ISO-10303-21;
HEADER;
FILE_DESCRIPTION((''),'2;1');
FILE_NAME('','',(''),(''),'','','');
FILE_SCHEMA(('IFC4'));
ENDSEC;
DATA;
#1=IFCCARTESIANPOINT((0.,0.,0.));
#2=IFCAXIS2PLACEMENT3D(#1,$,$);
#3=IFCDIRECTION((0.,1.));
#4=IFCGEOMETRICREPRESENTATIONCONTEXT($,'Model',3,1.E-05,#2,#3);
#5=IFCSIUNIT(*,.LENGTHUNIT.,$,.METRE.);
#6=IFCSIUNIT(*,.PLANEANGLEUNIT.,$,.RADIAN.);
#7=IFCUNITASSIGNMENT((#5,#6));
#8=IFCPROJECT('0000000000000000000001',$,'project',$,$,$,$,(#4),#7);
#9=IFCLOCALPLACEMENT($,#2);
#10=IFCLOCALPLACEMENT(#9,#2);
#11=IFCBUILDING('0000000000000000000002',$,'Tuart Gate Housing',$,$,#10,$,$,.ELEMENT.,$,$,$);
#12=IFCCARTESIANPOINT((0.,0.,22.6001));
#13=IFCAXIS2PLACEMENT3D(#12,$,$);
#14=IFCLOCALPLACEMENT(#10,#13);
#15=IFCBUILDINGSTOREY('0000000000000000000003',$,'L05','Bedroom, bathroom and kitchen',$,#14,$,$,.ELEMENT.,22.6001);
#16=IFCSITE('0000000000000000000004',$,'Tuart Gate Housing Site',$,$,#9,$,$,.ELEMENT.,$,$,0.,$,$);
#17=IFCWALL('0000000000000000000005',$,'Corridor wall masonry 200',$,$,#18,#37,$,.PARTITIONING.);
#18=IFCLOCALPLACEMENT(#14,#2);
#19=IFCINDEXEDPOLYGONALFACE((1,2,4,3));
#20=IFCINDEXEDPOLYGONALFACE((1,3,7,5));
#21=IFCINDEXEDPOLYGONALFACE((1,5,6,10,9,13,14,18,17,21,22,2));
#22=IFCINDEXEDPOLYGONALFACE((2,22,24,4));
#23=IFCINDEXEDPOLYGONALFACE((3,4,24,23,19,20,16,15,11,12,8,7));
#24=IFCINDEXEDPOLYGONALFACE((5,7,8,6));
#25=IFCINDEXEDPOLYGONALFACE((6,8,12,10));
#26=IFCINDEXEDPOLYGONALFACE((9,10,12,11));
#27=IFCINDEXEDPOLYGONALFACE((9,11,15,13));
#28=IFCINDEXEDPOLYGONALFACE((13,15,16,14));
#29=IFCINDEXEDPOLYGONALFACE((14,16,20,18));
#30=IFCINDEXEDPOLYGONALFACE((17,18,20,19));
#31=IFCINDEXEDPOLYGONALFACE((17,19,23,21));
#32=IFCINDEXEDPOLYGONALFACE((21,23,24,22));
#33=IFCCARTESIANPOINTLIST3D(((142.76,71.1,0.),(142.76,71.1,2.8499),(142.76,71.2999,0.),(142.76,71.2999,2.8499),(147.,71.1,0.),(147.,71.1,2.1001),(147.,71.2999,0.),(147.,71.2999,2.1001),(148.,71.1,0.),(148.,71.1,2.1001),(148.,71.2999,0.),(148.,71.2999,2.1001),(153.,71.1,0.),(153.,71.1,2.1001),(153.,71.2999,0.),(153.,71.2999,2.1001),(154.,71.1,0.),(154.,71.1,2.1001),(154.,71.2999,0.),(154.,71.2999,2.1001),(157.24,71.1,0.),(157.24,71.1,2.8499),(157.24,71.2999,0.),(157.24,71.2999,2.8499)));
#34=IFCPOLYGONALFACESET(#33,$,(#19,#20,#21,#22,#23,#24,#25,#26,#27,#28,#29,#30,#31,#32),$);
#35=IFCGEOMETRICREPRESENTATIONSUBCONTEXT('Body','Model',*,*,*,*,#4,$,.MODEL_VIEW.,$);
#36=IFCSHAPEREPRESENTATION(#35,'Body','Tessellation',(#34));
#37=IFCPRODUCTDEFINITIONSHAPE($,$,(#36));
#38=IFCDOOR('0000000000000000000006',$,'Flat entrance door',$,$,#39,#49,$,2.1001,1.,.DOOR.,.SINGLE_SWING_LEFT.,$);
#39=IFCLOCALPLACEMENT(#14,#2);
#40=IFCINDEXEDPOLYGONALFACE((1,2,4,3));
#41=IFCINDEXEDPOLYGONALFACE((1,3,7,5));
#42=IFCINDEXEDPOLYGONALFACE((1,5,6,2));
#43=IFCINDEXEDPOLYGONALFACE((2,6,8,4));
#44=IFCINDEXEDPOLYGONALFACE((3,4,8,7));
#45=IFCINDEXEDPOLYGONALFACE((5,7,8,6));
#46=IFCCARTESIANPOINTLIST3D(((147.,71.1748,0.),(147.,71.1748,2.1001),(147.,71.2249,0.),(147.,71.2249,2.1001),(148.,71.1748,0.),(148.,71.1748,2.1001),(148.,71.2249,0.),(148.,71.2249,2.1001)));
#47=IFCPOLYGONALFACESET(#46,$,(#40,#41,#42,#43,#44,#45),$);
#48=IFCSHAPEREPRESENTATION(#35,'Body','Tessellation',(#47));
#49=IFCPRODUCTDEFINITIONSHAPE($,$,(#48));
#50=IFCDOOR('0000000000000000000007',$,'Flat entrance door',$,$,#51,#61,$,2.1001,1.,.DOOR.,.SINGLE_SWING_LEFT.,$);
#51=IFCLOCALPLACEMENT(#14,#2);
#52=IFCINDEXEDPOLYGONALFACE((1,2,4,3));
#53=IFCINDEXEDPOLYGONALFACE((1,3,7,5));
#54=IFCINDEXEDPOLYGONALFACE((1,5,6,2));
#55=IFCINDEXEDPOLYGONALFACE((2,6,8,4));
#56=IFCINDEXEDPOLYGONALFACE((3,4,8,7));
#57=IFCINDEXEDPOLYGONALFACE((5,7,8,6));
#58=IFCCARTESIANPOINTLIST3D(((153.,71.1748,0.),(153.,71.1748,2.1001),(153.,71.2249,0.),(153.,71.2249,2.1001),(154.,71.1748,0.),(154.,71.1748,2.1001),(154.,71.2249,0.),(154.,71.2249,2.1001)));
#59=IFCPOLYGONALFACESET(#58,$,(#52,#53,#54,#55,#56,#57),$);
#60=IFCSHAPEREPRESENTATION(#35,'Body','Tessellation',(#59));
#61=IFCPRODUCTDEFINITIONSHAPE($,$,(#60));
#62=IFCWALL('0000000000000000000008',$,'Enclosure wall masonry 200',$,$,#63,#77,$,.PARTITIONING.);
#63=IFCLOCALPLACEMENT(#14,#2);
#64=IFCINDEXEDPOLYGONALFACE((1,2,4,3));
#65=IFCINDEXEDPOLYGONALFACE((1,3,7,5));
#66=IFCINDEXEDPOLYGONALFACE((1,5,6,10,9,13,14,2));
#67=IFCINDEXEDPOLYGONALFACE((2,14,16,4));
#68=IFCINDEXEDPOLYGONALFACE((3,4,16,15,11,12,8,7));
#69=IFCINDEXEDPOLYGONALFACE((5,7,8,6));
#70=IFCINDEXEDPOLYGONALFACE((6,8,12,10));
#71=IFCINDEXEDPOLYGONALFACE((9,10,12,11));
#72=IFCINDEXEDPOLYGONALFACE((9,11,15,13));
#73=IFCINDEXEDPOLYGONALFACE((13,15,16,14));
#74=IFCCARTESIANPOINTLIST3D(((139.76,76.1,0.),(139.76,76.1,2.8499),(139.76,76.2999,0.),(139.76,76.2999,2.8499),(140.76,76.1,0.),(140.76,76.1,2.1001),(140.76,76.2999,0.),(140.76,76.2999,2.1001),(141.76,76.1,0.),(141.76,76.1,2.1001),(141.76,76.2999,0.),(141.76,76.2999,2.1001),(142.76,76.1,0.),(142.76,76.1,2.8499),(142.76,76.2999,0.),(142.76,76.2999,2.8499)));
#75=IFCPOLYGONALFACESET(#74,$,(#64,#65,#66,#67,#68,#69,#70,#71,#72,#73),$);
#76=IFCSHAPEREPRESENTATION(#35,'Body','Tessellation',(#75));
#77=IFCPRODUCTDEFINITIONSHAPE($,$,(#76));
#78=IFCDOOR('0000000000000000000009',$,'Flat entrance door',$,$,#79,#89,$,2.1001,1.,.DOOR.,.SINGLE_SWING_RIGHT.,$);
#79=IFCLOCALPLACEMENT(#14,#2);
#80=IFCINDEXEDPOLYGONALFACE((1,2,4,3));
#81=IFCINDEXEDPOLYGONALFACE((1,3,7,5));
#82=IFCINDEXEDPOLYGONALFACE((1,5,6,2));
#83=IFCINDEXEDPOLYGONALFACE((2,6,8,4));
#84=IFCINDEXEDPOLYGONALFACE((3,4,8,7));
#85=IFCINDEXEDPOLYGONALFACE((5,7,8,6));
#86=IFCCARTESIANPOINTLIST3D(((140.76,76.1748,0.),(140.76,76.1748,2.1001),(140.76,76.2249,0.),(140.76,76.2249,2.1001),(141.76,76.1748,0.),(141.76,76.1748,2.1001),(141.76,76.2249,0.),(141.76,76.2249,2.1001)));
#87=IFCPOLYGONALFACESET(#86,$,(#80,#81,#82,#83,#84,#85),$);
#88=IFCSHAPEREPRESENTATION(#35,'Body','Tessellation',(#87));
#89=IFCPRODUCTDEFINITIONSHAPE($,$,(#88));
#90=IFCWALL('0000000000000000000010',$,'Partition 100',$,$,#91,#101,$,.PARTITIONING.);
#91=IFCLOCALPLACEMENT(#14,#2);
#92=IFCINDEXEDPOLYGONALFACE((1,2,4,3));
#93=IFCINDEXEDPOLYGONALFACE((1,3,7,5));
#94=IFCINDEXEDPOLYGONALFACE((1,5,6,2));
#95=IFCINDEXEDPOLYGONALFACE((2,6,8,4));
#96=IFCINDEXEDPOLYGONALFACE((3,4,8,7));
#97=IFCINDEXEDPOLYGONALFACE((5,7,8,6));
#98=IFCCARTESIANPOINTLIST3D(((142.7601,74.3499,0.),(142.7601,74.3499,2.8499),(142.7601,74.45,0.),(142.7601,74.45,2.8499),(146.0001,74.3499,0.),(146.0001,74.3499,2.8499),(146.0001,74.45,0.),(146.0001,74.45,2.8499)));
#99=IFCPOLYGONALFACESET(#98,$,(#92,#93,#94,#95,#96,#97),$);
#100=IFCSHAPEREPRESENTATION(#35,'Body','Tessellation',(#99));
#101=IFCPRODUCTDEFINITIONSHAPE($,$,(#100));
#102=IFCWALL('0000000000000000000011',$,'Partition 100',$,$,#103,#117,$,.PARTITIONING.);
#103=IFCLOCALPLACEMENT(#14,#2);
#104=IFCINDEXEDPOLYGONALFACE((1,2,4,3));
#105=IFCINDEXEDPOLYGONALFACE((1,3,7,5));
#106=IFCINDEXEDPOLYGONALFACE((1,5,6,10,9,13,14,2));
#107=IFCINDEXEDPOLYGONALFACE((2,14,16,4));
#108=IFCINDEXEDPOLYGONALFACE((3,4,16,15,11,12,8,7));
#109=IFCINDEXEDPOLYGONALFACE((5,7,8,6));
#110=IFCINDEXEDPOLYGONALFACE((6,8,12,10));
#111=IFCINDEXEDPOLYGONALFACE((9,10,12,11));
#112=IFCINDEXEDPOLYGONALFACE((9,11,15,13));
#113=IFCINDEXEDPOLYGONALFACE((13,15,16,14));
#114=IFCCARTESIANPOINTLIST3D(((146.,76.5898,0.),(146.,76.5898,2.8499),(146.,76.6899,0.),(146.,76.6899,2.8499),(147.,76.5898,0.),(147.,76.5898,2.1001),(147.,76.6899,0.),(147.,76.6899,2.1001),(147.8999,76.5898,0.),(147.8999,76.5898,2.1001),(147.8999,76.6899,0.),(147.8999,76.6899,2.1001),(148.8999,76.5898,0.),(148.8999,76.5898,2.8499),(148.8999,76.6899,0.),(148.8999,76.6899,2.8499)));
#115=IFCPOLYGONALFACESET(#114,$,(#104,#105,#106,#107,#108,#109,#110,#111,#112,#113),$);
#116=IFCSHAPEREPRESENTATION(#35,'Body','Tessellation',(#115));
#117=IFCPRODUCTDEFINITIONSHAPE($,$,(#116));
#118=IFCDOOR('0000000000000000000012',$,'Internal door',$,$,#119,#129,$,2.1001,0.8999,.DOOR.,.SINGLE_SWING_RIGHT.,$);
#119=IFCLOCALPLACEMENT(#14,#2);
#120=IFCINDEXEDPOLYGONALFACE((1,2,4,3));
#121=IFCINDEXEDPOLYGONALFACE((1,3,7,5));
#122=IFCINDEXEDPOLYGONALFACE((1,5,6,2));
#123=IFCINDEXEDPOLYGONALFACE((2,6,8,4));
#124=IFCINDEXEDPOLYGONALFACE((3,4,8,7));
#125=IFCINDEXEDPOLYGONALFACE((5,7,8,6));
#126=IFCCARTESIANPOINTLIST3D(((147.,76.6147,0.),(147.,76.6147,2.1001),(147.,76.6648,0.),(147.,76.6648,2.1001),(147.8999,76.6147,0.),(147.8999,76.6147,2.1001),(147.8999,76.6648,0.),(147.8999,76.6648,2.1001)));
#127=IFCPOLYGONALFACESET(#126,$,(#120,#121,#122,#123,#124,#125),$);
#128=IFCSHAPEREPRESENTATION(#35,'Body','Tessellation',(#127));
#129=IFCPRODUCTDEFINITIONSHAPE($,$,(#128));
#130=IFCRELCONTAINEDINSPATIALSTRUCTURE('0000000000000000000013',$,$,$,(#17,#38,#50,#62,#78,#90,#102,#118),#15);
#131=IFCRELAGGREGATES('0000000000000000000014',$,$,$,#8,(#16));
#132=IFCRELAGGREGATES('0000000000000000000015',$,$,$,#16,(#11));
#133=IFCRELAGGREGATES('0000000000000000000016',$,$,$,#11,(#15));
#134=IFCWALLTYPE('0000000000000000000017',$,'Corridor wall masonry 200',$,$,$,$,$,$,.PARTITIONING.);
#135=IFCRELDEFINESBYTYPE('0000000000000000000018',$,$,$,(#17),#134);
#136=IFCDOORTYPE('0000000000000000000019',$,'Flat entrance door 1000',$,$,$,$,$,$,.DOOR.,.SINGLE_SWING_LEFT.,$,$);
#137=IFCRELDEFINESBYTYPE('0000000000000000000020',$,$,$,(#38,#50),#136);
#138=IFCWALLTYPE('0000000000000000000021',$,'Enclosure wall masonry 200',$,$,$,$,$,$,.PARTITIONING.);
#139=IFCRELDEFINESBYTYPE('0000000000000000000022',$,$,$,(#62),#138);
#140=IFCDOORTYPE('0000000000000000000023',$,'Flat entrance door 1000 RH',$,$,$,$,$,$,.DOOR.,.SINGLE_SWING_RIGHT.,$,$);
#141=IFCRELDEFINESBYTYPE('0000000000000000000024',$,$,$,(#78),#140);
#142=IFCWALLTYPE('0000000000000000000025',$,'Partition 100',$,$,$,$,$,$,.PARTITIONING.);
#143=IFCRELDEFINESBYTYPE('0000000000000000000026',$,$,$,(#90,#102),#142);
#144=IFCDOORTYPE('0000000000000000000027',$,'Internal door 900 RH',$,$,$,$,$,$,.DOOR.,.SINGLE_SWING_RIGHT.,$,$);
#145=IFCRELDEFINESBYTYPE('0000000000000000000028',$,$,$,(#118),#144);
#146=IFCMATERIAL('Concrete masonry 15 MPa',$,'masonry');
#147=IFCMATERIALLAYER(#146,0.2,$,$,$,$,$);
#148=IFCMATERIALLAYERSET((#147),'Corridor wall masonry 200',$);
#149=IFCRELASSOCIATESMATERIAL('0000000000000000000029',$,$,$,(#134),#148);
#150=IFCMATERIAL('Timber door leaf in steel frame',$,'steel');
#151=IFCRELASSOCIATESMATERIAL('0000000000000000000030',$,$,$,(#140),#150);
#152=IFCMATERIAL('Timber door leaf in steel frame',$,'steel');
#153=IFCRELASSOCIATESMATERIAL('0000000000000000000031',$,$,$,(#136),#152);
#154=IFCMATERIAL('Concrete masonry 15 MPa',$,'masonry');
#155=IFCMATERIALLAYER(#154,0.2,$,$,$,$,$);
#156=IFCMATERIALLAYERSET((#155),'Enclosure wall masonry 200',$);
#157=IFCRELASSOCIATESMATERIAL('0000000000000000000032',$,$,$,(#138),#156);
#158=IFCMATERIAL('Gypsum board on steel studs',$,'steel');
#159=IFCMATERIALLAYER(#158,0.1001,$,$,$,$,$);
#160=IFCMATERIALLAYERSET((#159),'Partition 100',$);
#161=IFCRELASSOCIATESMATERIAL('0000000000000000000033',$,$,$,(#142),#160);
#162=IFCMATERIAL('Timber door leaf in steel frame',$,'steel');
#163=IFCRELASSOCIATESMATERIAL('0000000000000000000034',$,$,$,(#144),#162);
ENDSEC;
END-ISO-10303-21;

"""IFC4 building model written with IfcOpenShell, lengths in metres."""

from ifc_helpers import new_model, si_unit, direction, frame, frame_2d, origin, place, context, subcontext, project, spatial, rectangle, extrude, material, layer, layer_set, type_object, element, fill, save


model = new_model("IFC4")

# Units and contexts
model_context = context("Model", 3, precision=1e-05, world=origin(), true_north=direction((0.0, 1.0)))
body_context = subcontext(model_context, "Body", "Model", "MODEL_VIEW")
ifc_project = project(units=[si_unit("LENGTHUNIT", "METRE"), si_unit("PLANEANGLEUNIT", "RADIAN")], contexts=[model_context])

# Site, building, storey
site_placement = place(None, origin())
site = spatial("IfcSite", under=ifc_project, at=site_placement, Name="Tuart Gate Housing Site", CompositionType="ELEMENT", RefElevation=0.0)
building_placement = place(site_placement, origin())
building = spatial("IfcBuilding", under=site, at=building_placement, Name="Tuart Gate Housing", CompositionType="ELEMENT")
storey_placement = place(building_placement, frame((0.0, 0.0, 22.6001)))
storey = spatial("IfcBuildingStorey", under=building, at=storey_placement, Name="L05", Description="Bedroom, bathroom and kitchen", CompositionType="ELEMENT", Elevation=22.6001)

# Wall, openings, doors
ifc_material_1 = material(Name="Concrete masonry 15 MPa", Category="masonry")
ifc_layer_1 = layer(ifc_material_1, 0.2)
ifc_layer_set_1 = layer_set([ifc_layer_1], Name="Corridor wall masonry 200")
wall_type_1 = type_object("IfcWallType", Name="Corridor wall masonry 200", PredefinedType="PARTITIONING", material=ifc_layer_set_1)
ifc_material_2 = material(Name="Timber door leaf in steel frame", Category="steel")
door_type_1 = type_object("IfcDoorType", Name="Flat entrance door 1000 RH", OperationType="SINGLE_SWING_RIGHT", PredefinedType="DOOR", material=ifc_material_2)
wall_1_placement = place(storey_placement, frame((142.76, 71.2, 0.0), z_axis=(0.0, 0.0, 1.0), x_axis=(1.0, 0.0, 0.0)))
wall_1 = element("IfcWall", 1, at=wall_1_placement, inside=storey, type_object=wall_type_1, Name="Corridor wall masonry 200", PredefinedType="PARTITIONING", context=body_context, shape_type="SweptSolid", body=[
    extrude(rectangle(XDim=14.48, YDim=0.2, at=frame_2d((7.24, 0.0))), origin(), (0.0, 0.0, 1.0), 2.8499),
])
opening_1_placement = place(wall_1_placement, frame((4.24, 0.0, 0.0)))
opening_1 = element("IfcOpeningElement", 2, at=opening_1_placement, cuts=wall_1, PredefinedType="OPENING", context=body_context, shape_type="SweptSolid", body=[
    extrude(rectangle(XDim=1.0, YDim=2.1001, at=frame_2d((0.5, 1.05))), frame((0.0, 0.1099, 0.0), z_axis=(0.0, -1.0, 0.0), x_axis=(1.0, 0.0, 0.0)), (0.0, 0.0, 1.0), 0.22),
])
opening_2_placement = place(wall_1_placement, frame((10.24, 0.0, 0.0)))
opening_2 = element("IfcOpeningElement", 3, at=opening_2_placement, cuts=wall_1, PredefinedType="OPENING", context=body_context, shape_type="SweptSolid", body=[
    extrude(rectangle(XDim=1.0, YDim=2.1001, at=frame_2d((0.5, 1.05))), frame((0.0, 0.1099, 0.0), z_axis=(0.0, -1.0, 0.0), x_axis=(1.0, 0.0, 0.0)), (0.0, 0.0, 1.0), 0.22),
])
ifc_material_3 = material(Name="Timber door leaf in steel frame", Category="steel")
door_type_2 = type_object("IfcDoorType", Name="Flat entrance door 1000", OperationType="SINGLE_SWING_LEFT", PredefinedType="DOOR", material=ifc_material_3)
door_1_placement = place(opening_1_placement, origin())
door_1 = element("IfcDoor", 4, at=door_1_placement, inside=storey, type_object=door_type_2, Name="Flat entrance door", OperationType="SINGLE_SWING_LEFT", OverallHeight=2.1001, OverallWidth=1.0, PredefinedType="DOOR", context=body_context, shape_type="SweptSolid", body=[
    extrude(rectangle(XDim=1.0, YDim=2.1001, at=frame_2d((0.5, 1.05))), frame((0.0, 0.0249, 0.0), z_axis=(0.0, -1.0, 0.0), x_axis=(1.0, 0.0, 0.0)), (0.0, 0.0, 1.0), 0.05),
])
fill(opening_1, door_1)
door_2_placement = place(opening_2_placement, origin())
door_2 = element("IfcDoor", 5, at=door_2_placement, inside=storey, type_object=door_type_2, Name="Flat entrance door", OperationType="SINGLE_SWING_LEFT", OverallHeight=2.1001, OverallWidth=1.0, PredefinedType="DOOR", context=body_context, shape_type="SweptSolid", body=[
    extrude(rectangle(XDim=1.0, YDim=2.1001, at=frame_2d((0.5, 1.05))), frame((0.0, 0.0249, 0.0), z_axis=(0.0, -1.0, 0.0), x_axis=(1.0, 0.0, 0.0)), (0.0, 0.0, 1.0), 0.05),
])
fill(opening_2, door_2)

# Wall, opening, door
ifc_material_4 = material(Name="Concrete masonry 15 MPa", Category="masonry")
ifc_layer_2 = layer(ifc_material_4, 0.2)
ifc_layer_set_2 = layer_set([ifc_layer_2], Name="Enclosure wall masonry 200")
wall_type_2 = type_object("IfcWallType", Name="Enclosure wall masonry 200", PredefinedType="PARTITIONING", material=ifc_layer_set_2)
wall_2_placement = place(storey_placement, frame((139.76, 76.2, 0.0), z_axis=(0.0, 0.0, 1.0), x_axis=(1.0, 0.0, 0.0)))
wall_2 = element("IfcWall", 6, at=wall_2_placement, inside=storey, type_object=wall_type_2, Name="Enclosure wall masonry 200", PredefinedType="PARTITIONING", context=body_context, shape_type="SweptSolid", body=[
    extrude(rectangle(XDim=3.0, YDim=0.2, at=frame_2d((1.5, 0.0))), origin(), (0.0, 0.0, 1.0), 2.8499),
])
opening_3_placement = place(wall_2_placement, frame((1.0, 0.0, 0.0)))
opening_3 = element("IfcOpeningElement", 7, at=opening_3_placement, cuts=wall_2, PredefinedType="OPENING", context=body_context, shape_type="SweptSolid", body=[
    extrude(rectangle(XDim=1.0, YDim=2.1001, at=frame_2d((0.5, 1.05))), frame((0.0, 0.1099, 0.0), z_axis=(0.0, -1.0, 0.0), x_axis=(1.0, 0.0, 0.0)), (0.0, 0.0, 1.0), 0.22),
])
door_3_placement = place(opening_3_placement, origin())
door_3 = element("IfcDoor", 8, at=door_3_placement, inside=storey, type_object=door_type_1, Name="Flat entrance door", OperationType="SINGLE_SWING_RIGHT", OverallHeight=2.1001, OverallWidth=1.0, PredefinedType="DOOR", context=body_context, shape_type="SweptSolid", body=[
    extrude(rectangle(XDim=1.0, YDim=2.1001, at=frame_2d((0.5, 1.05))), frame((0.0, 0.0249, 0.0), z_axis=(0.0, -1.0, 0.0), x_axis=(1.0, 0.0, 0.0)), (0.0, 0.0, 1.0), 0.05),
])
fill(opening_3, door_3)

# Wall
ifc_material_5 = material(Name="Gypsum board on steel studs", Category="steel")
ifc_layer_3 = layer(ifc_material_5, 0.1001)
ifc_layer_set_3 = layer_set([ifc_layer_3], Name="Partition 100")
wall_type_3 = type_object("IfcWallType", Name="Partition 100", PredefinedType="PARTITIONING", material=ifc_layer_set_3)
wall_3_placement = place(storey_placement, frame((142.76, 74.3999, 0.0), z_axis=(0.0, 0.0, 1.0), x_axis=(1.0, 0.0, 0.0)))
element("IfcWall", 9, at=wall_3_placement, inside=storey, type_object=wall_type_3, Name="Partition 100", PredefinedType="PARTITIONING", context=body_context, shape_type="SweptSolid", body=[
    extrude(rectangle(XDim=3.24, YDim=0.1001, at=frame_2d((1.6201, 0.0))), origin(), (0.0, 0.0, 1.0), 2.8499),
])

# Wall, opening, door
wall_4_placement = place(storey_placement, frame((146.0, 76.6399, 0.0), z_axis=(0.0, 0.0, 1.0), x_axis=(1.0, 0.0, 0.0)))
wall_4 = element("IfcWall", 10, at=wall_4_placement, inside=storey, type_object=wall_type_3, Name="Partition 100", PredefinedType="PARTITIONING", context=body_context, shape_type="SweptSolid", body=[
    extrude(rectangle(XDim=2.8999, YDim=0.1001, at=frame_2d((1.45, 0.0))), origin(), (0.0, 0.0, 1.0), 2.8499),
])
opening_4_placement = place(wall_4_placement, frame((1.0, 0.0, 0.0)))
opening_4 = element("IfcOpeningElement", 11, at=opening_4_placement, cuts=wall_4, PredefinedType="OPENING", context=body_context, shape_type="SweptSolid", body=[
    extrude(rectangle(XDim=0.8999, YDim=2.1001, at=frame_2d((0.45, 1.05))), frame((0.0, 0.0601, 0.0), z_axis=(0.0, -1.0, 0.0), x_axis=(1.0, 0.0, 0.0)), (0.0, 0.0, 1.0), 0.1201),
])
ifc_material_6 = material(Name="Timber door leaf in steel frame", Category="steel")
door_type_3 = type_object("IfcDoorType", Name="Internal door 900 RH", OperationType="SINGLE_SWING_RIGHT", PredefinedType="DOOR", material=ifc_material_6)
door_4_placement = place(opening_4_placement, frame((0.8999, 0.0, 0.0), z_axis=(0.0, 0.0, 1.0), x_axis=(-1.0, 0.0, 0.0)))
door_4 = element("IfcDoor", 12, at=door_4_placement, inside=storey, type_object=door_type_3, Name="Internal door", OperationType="SINGLE_SWING_RIGHT", OverallHeight=2.1001, OverallWidth=0.8999, PredefinedType="DOOR", context=body_context, shape_type="SweptSolid", body=[
    extrude(rectangle(XDim=0.8999, YDim=2.1001, at=frame_2d((0.45, 1.05))), frame((0.0, 0.0251, 0.0), z_axis=(0.0, -1.0, 0.0), x_axis=(1.0, 0.0, 0.0)), (0.0, 0.0, 1.0), 0.05),
])
fill(opening_4, door_4)

save(model, "model.ifc")
